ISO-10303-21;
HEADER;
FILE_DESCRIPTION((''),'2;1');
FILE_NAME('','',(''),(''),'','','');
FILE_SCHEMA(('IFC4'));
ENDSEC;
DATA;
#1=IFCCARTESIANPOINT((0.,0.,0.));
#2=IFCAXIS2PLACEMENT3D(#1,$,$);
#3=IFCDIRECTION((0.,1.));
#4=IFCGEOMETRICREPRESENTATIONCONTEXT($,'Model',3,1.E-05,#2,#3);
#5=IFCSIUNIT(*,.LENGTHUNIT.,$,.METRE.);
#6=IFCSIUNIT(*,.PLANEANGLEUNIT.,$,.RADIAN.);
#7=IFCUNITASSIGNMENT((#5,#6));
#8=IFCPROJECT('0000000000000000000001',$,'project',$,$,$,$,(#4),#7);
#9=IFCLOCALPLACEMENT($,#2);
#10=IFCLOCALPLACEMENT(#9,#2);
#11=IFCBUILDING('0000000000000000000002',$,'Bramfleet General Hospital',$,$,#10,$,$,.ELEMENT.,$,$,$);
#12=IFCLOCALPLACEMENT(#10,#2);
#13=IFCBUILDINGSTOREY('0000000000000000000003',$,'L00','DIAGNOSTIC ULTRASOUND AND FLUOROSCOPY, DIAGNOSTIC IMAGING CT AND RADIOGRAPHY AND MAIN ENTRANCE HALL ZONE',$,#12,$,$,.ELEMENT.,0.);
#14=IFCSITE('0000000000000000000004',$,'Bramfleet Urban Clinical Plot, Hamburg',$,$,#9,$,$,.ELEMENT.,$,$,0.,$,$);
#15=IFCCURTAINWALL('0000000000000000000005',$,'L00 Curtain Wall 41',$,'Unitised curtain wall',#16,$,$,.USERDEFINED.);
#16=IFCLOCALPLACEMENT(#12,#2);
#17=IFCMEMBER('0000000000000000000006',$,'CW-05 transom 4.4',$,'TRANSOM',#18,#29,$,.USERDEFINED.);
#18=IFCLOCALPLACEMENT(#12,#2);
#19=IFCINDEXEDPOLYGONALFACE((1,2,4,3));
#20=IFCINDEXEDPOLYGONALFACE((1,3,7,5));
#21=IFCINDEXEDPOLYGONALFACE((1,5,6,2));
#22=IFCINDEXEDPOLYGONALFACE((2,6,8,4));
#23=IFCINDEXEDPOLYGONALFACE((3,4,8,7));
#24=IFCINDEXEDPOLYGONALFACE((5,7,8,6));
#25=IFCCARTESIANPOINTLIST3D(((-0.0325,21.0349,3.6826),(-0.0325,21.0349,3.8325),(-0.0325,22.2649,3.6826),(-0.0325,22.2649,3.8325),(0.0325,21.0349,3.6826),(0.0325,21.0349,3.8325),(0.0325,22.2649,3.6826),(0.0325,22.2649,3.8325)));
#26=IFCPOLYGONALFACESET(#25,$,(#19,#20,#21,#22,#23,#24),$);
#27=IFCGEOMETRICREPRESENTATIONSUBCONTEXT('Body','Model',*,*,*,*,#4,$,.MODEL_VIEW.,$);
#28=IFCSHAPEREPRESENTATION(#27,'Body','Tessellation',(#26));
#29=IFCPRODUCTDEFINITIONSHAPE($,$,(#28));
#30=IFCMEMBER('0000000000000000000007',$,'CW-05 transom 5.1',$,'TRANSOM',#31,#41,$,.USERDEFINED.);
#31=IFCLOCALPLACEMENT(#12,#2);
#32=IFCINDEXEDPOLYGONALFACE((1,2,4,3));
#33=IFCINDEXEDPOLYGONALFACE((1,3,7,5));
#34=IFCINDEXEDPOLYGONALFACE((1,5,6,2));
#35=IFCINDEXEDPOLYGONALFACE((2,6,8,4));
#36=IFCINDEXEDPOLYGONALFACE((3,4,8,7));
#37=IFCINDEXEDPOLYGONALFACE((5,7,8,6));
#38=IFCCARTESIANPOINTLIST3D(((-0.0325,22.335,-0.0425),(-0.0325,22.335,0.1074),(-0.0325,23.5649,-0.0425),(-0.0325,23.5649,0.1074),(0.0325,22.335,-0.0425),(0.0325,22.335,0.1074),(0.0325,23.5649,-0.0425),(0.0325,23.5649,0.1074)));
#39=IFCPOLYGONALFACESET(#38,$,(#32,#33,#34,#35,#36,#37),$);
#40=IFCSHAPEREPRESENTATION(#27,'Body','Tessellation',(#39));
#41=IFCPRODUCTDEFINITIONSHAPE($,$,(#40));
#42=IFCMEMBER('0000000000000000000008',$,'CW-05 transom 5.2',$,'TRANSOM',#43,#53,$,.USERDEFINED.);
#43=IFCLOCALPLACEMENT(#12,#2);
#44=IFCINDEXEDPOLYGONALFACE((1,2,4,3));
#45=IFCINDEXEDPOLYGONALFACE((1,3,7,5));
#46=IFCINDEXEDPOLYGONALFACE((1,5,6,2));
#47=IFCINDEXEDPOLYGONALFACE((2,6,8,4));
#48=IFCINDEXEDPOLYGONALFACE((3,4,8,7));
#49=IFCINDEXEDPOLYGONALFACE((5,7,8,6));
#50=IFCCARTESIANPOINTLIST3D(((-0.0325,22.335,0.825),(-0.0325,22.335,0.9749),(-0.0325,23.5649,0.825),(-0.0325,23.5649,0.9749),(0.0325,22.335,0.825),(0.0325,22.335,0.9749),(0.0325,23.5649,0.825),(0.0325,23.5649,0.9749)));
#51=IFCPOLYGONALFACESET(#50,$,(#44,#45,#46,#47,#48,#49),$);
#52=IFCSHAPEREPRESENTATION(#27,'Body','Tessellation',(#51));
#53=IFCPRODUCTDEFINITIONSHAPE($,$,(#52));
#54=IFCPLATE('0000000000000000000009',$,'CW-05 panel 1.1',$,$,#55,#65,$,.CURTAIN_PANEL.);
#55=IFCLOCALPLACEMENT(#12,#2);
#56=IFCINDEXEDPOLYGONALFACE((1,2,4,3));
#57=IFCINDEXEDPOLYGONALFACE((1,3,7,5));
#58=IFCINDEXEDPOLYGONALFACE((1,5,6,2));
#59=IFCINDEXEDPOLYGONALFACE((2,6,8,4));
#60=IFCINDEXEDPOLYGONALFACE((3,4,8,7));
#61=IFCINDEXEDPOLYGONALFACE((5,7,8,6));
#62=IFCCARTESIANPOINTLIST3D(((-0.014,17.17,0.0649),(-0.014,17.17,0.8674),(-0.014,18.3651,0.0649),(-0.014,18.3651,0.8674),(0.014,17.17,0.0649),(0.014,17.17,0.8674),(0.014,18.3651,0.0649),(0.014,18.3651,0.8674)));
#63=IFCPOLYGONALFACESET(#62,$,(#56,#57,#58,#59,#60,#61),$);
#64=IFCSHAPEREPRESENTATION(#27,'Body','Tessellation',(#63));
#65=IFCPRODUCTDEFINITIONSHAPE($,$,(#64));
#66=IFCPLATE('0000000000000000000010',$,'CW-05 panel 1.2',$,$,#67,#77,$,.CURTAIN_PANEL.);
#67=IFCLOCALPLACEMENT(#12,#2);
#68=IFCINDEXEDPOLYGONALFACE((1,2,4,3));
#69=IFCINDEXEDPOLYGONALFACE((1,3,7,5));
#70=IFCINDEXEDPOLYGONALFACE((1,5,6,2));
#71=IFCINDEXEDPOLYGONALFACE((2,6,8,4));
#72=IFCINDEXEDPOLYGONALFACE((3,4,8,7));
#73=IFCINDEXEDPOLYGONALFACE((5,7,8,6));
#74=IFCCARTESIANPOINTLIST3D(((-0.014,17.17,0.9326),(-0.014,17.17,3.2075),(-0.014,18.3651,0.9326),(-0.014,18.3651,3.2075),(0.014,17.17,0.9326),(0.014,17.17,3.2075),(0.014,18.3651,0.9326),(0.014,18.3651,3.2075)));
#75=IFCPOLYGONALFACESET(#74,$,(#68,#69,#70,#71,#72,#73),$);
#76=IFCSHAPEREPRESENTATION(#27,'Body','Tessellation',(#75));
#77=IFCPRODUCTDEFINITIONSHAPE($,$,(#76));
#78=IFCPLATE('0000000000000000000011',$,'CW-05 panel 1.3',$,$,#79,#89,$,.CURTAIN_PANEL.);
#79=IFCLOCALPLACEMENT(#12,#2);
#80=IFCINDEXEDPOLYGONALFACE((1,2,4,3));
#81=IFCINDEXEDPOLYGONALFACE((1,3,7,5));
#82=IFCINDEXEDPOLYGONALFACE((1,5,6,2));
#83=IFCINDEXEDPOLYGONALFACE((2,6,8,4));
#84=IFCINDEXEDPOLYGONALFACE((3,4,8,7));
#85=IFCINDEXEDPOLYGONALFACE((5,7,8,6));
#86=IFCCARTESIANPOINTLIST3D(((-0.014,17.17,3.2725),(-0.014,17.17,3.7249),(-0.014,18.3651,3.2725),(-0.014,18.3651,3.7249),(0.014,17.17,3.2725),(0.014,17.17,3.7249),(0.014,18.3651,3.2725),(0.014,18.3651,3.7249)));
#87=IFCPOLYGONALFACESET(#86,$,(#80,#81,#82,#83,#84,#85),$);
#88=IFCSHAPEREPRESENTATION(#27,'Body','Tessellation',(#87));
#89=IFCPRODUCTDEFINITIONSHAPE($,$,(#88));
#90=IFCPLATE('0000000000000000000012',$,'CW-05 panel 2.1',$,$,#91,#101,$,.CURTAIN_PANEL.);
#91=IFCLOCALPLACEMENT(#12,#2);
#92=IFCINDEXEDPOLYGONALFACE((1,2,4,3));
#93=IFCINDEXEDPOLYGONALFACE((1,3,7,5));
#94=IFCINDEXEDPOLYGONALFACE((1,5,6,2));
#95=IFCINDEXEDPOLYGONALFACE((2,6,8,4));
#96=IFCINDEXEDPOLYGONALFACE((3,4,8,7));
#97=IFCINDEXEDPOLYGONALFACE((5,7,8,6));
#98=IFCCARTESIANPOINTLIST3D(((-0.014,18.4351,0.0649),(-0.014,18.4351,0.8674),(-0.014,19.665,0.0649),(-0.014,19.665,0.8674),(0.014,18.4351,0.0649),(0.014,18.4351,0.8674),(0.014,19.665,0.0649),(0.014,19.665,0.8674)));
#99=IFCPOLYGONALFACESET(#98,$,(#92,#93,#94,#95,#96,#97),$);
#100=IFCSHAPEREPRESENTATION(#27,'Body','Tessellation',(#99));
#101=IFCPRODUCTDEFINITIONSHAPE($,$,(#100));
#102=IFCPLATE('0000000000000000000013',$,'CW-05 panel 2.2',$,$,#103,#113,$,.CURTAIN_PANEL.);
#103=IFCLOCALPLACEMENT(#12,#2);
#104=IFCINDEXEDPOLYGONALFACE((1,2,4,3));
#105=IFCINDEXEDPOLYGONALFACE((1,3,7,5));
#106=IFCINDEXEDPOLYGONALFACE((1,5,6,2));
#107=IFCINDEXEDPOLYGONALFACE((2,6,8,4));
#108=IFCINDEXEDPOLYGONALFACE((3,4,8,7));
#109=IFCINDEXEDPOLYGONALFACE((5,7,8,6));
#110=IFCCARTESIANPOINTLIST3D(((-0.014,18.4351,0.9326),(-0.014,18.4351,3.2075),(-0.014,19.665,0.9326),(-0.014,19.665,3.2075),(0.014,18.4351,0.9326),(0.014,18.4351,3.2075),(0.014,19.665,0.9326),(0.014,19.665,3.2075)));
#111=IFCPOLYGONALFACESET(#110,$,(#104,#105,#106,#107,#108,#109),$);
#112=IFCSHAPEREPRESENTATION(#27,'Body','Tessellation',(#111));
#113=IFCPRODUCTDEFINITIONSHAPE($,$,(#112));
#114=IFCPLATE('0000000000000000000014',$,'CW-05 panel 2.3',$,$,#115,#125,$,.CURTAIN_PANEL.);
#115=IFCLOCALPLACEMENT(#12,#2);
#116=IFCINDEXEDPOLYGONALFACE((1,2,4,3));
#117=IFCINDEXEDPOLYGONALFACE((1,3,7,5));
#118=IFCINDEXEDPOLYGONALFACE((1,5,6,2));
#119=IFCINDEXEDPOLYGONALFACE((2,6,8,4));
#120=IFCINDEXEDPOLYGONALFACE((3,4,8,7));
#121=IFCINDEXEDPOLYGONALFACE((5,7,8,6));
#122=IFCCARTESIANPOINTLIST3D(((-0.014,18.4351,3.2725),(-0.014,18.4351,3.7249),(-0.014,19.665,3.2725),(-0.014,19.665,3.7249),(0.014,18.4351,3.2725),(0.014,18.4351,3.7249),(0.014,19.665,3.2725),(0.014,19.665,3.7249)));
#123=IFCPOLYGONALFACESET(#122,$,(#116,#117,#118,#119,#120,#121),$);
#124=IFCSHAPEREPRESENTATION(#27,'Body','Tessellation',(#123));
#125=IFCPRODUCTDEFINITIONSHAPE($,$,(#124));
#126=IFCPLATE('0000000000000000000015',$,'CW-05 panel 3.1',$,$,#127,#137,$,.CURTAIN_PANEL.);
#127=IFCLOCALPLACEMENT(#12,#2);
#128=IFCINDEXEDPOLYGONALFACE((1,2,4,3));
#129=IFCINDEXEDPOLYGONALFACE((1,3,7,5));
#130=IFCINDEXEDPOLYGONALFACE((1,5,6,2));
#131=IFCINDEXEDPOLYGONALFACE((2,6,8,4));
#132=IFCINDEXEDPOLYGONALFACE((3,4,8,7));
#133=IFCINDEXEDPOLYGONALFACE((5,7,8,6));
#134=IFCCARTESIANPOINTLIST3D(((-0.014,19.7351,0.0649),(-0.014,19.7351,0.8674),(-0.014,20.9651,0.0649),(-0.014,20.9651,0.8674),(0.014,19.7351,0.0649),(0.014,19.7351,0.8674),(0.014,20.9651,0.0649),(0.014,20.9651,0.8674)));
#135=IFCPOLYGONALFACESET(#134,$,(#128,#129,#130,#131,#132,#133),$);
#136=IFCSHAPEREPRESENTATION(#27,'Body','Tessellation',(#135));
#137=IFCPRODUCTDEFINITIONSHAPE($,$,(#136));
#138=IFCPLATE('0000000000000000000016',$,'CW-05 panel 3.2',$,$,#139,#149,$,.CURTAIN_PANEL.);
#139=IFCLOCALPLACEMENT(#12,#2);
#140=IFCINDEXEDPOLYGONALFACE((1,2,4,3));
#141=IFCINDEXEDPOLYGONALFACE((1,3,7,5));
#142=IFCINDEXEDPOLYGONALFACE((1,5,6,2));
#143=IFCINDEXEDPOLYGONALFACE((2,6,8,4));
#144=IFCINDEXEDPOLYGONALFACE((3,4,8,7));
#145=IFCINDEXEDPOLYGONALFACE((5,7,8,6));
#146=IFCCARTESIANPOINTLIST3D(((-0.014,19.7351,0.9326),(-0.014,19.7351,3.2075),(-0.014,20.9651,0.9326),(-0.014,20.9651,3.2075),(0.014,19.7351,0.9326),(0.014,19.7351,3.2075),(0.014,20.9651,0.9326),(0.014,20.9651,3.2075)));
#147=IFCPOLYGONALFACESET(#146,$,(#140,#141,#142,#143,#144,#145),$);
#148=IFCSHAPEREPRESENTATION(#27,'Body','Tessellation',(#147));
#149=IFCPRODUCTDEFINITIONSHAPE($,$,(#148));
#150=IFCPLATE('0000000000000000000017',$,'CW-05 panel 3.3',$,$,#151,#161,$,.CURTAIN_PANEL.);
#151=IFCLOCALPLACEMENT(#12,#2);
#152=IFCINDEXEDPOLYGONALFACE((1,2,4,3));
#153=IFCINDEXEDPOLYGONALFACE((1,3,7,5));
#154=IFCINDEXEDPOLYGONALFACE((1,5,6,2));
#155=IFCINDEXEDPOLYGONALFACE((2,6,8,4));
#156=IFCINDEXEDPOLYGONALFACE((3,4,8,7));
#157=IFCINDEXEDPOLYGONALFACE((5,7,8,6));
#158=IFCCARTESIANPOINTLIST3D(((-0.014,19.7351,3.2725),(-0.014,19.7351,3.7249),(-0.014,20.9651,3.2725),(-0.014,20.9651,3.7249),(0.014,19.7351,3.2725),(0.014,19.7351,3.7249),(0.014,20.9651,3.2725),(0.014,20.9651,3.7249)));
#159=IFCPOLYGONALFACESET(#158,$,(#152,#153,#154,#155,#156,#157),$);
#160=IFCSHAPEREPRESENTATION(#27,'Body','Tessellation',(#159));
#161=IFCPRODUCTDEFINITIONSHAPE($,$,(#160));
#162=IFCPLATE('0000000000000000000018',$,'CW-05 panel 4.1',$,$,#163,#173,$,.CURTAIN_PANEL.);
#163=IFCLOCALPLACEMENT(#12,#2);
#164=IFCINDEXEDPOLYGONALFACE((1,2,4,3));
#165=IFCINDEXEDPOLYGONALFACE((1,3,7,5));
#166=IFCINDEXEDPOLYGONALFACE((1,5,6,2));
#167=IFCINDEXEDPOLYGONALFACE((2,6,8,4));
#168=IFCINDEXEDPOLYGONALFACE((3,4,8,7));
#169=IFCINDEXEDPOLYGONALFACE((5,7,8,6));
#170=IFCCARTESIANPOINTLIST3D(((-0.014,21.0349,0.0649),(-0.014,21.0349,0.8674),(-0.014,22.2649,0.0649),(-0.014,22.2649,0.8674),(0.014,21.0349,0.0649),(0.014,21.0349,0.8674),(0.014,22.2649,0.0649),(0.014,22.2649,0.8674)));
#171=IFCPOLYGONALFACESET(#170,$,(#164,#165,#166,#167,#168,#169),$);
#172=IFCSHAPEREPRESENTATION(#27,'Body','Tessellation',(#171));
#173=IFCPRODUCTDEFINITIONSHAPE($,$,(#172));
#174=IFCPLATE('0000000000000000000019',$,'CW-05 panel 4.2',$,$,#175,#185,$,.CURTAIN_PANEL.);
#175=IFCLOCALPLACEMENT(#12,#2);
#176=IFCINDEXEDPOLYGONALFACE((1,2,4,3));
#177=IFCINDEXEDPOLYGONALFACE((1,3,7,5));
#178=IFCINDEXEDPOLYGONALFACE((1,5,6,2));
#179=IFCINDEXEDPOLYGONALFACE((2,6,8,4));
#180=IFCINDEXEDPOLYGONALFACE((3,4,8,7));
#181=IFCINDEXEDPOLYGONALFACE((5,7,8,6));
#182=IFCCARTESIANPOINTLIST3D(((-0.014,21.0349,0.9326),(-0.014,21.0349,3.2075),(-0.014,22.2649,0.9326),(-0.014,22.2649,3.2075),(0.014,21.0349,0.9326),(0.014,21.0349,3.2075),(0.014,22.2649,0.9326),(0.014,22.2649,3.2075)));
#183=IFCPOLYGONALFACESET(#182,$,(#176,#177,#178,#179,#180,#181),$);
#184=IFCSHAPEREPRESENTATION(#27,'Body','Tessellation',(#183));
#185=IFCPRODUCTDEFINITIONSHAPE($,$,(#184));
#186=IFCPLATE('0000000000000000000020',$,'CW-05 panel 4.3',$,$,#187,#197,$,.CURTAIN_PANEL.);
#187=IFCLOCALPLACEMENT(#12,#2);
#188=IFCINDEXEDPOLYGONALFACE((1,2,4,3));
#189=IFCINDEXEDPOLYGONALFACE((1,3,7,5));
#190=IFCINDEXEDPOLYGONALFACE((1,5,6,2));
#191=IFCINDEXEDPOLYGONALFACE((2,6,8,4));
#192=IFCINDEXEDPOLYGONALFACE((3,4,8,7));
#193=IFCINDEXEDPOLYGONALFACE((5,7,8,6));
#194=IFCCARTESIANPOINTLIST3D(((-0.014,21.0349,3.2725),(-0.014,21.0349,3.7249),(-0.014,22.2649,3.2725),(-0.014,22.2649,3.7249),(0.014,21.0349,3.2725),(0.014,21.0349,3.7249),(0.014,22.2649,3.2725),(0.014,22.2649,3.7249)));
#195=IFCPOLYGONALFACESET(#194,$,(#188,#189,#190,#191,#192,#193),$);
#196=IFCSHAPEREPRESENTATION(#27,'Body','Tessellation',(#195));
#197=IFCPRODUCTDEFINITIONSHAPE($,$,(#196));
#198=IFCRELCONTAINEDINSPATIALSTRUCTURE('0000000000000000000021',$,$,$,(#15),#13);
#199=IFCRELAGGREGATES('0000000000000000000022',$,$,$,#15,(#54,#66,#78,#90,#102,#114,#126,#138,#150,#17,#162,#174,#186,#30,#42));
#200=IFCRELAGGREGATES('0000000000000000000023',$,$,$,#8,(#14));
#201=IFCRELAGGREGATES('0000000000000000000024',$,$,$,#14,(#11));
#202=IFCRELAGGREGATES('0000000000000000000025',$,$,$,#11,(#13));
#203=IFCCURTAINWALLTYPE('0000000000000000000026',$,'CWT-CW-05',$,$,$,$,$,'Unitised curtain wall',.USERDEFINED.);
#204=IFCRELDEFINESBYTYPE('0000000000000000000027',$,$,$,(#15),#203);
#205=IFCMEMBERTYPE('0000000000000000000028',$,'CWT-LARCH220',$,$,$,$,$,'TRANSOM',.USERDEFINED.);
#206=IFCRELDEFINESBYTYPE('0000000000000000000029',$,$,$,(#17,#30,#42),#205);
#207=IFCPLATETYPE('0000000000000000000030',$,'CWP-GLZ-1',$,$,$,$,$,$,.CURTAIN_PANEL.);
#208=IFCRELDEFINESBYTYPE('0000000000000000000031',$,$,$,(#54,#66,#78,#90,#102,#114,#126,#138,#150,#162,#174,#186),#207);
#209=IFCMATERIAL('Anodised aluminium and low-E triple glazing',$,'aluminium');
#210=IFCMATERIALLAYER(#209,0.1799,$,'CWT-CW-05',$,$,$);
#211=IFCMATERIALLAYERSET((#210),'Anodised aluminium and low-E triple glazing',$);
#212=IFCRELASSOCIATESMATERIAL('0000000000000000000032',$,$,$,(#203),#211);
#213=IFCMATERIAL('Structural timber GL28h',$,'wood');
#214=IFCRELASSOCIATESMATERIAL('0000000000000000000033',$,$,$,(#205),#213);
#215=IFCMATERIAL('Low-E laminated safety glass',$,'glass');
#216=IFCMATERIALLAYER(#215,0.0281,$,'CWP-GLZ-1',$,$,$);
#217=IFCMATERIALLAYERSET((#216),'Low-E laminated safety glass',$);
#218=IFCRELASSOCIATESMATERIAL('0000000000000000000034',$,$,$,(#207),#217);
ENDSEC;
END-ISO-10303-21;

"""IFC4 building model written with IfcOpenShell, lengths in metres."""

from ifc_helpers import new_model, si_unit, direction, frame, origin, origin_2d, place, context, subcontext, project, spatial, rectangle, extrude, material, layer, layer_set, material_profile, profile_set, type_object, element, aggregate, save


model = new_model("IFC4")

# Units and contexts
model_context = context("Model", 3, precision=1e-05, world=origin(), true_north=direction((0.0, 1.0)))
body_context = subcontext(model_context, "Body", "Model", "MODEL_VIEW")
ifc_project = project(units=[si_unit("LENGTHUNIT", "METRE"), si_unit("PLANEANGLEUNIT", "RADIAN")], contexts=[model_context])

# Site, building, storey
site_placement = place(None, origin())
site = spatial("IfcSite", under=ifc_project, at=site_placement, Name="Bramfleet Urban Clinical Plot, Hamburg", CompositionType="ELEMENT", RefElevation=0.0)
building_placement = place(site_placement, origin())
building = spatial("IfcBuilding", under=site, at=building_placement, Name="Bramfleet General Hospital", CompositionType="ELEMENT")
storey_placement = place(building_placement, origin())
storey = spatial("IfcBuildingStorey", under=building, at=storey_placement, Name="L00", Description="DIAGNOSTIC ULTRASOUND AND FLUOROSCOPY, DIAGNOSTIC IMAGING CT AND RADIOGRAPHY AND MAIN ENTRANCE HALL ZONE", CompositionType="ELEMENT", Elevation=0.0)

# Curtain wall, members, plates
ifc_material_1 = material(Name="Anodised aluminium and low-E triple glazing", Category="aluminium")
ifc_layer_1 = layer(ifc_material_1, 0.1799, Name="CWT-CW-05")
ifc_layer_set_1 = layer_set([ifc_layer_1], Name="Anodised aluminium and low-E triple glazing")
curtain_wall_type = type_object("IfcCurtainWallType", Name="CWT-CW-05", ElementType="Unitised curtain wall", PredefinedType="USERDEFINED", material=ifc_layer_set_1)
curtain_wall_placement = place(storey_placement, origin())
curtain_wall = element("IfcCurtainWall", 1, at=curtain_wall_placement, inside=storey, type_object=curtain_wall_type, Name="L00 Curtain Wall 41", ObjectType="Unitised curtain wall", PredefinedType="USERDEFINED")
ifc_material_2 = material(Name="Structural timber GL28h", Category="wood")
ifc_material_profile_1 = material_profile(ifc_material_2, rectangle(XDim=0.0649, YDim=0.1499, at=origin_2d()), Name="LARCH 150x65")
ifc_profile_set_1 = profile_set([ifc_material_profile_1], Name="Structural timber GL28h")
member_type_1 = type_object("IfcMemberType", Name="CWT-LARCH220", ElementType="TRANSOM", PredefinedType="USERDEFINED", material=ifc_profile_set_1)
member_1_placement = place(storey_placement, frame((0.0, 21.0349, 3.7576), z_axis=(0.0, 1.0, 0.0), x_axis=(-1.0, 0.0, 0.0)))
member_1 = element("IfcMember", 2, at=member_1_placement, type_object=member_type_1, Name="CW-05 transom 4.4", ObjectType="TRANSOM", PredefinedType="USERDEFINED", context=body_context, shape_type="SweptSolid", body=[
    extrude(rectangle(XDim=0.0649, YDim=0.1499, at=origin_2d()), origin(), (0.0, 0.0, 1.0), 1.23),
])
member_2_placement = place(storey_placement, frame((0.0, 22.335, 0.0325), z_axis=(0.0, 1.0, 0.0), x_axis=(-1.0, 0.0, 0.0)))
member_2 = element("IfcMember", 3, at=member_2_placement, type_object=member_type_1, Name="CW-05 transom 5.1", ObjectType="TRANSOM", PredefinedType="USERDEFINED", context=body_context, shape_type="SweptSolid", body=[
    extrude(rectangle(XDim=0.0649, YDim=0.1499, at=origin_2d()), origin(), (0.0, 0.0, 1.0), 1.23),
])
member_3_placement = place(storey_placement, frame((0.0, 22.335, 0.8999), z_axis=(0.0, 1.0, 0.0), x_axis=(-1.0, 0.0, 0.0)))
member_3 = element("IfcMember", 4, at=member_3_placement, type_object=member_type_1, Name="CW-05 transom 5.2", ObjectType="TRANSOM", PredefinedType="USERDEFINED", context=body_context, shape_type="SweptSolid", body=[
    extrude(rectangle(XDim=0.0649, YDim=0.1499, at=origin_2d()), origin(), (0.0, 0.0, 1.0), 1.23),
])
ifc_material_3 = material(Name="Low-E laminated safety glass", Category="glass")
ifc_layer_2 = layer(ifc_material_3, 0.0281, Name="CWP-GLZ-1")
ifc_layer_set_2 = layer_set([ifc_layer_2], Name="Low-E laminated safety glass")
plate_type = type_object("IfcPlateType", Name="CWP-GLZ-1", PredefinedType="CURTAIN_PANEL", material=ifc_layer_set_2)
plate_1_placement = place(storey_placement, frame((0.0, 17.7676, 0.0649), z_axis=(0.0, 0.0, 1.0), x_axis=(0.0, 1.0, 0.0)))
plate_1 = element("IfcPlate", 5, at=plate_1_placement, type_object=plate_type, Name="CW-05 panel 1.1", PredefinedType="CURTAIN_PANEL", context=body_context, shape_type="SweptSolid", body=[
    extrude(rectangle(XDim=1.1951, YDim=0.0281, at=origin_2d()), origin(), (0.0, 0.0, 1.0), 0.8025),
])
plate_2_placement = place(storey_placement, frame((0.0, 17.7676, 0.9326), z_axis=(0.0, 0.0, 1.0), x_axis=(0.0, 1.0, 0.0)))
plate_2 = element("IfcPlate", 6, at=plate_2_placement, type_object=plate_type, Name="CW-05 panel 1.2", PredefinedType="CURTAIN_PANEL", context=body_context, shape_type="SweptSolid", body=[
    extrude(rectangle(XDim=1.1951, YDim=0.0281, at=origin_2d()), origin(), (0.0, 0.0, 1.0), 2.2749),
])
plate_3_placement = place(storey_placement, frame((0.0, 17.7676, 3.2725), z_axis=(0.0, 0.0, 1.0), x_axis=(0.0, 1.0, 0.0)))
plate_3 = element("IfcPlate", 7, at=plate_3_placement, type_object=plate_type, Name="CW-05 panel 1.3", PredefinedType="CURTAIN_PANEL", context=body_context, shape_type="SweptSolid", body=[
    extrude(rectangle(XDim=1.1951, YDim=0.0281, at=origin_2d()), origin(), (0.0, 0.0, 1.0), 0.4524),
])
plate_4_placement = place(storey_placement, frame((0.0, 19.05, 0.0649), z_axis=(0.0, 0.0, 1.0), x_axis=(0.0, 1.0, 0.0)))
plate_4 = element("IfcPlate", 8, at=plate_4_placement, type_object=plate_type, Name="CW-05 panel 2.1", PredefinedType="CURTAIN_PANEL", context=body_context, shape_type="SweptSolid", body=[
    extrude(rectangle(XDim=1.23, YDim=0.0281, at=origin_2d()), origin(), (0.0, 0.0, 1.0), 0.8025),
])
plate_5_placement = place(storey_placement, frame((0.0, 19.05, 0.9326), z_axis=(0.0, 0.0, 1.0), x_axis=(0.0, 1.0, 0.0)))
plate_5 = element("IfcPlate", 9, at=plate_5_placement, type_object=plate_type, Name="CW-05 panel 2.2", PredefinedType="CURTAIN_PANEL", context=body_context, shape_type="SweptSolid", body=[
    extrude(rectangle(XDim=1.23, YDim=0.0281, at=origin_2d()), origin(), (0.0, 0.0, 1.0), 2.2749),
])
plate_6_placement = place(storey_placement, frame((0.0, 19.05, 3.2725), z_axis=(0.0, 0.0, 1.0), x_axis=(0.0, 1.0, 0.0)))
plate_6 = element("IfcPlate", 10, at=plate_6_placement, type_object=plate_type, Name="CW-05 panel 2.3", PredefinedType="CURTAIN_PANEL", context=body_context, shape_type="SweptSolid", body=[
    extrude(rectangle(XDim=1.23, YDim=0.0281, at=origin_2d()), origin(), (0.0, 0.0, 1.0), 0.4524),
])
plate_7_placement = place(storey_placement, frame((0.0, 20.3501, 0.0649), z_axis=(0.0, 0.0, 1.0), x_axis=(0.0, 1.0, 0.0)))
plate_7 = element("IfcPlate", 11, at=plate_7_placement, type_object=plate_type, Name="CW-05 panel 3.1", PredefinedType="CURTAIN_PANEL", context=body_context, shape_type="SweptSolid", body=[
    extrude(rectangle(XDim=1.23, YDim=0.0281, at=origin_2d()), origin(), (0.0, 0.0, 1.0), 0.8025),
])
plate_8_placement = place(storey_placement, frame((0.0, 20.3501, 0.9326), z_axis=(0.0, 0.0, 1.0), x_axis=(0.0, 1.0, 0.0)))
plate_8 = element("IfcPlate", 12, at=plate_8_placement, type_object=plate_type, Name="CW-05 panel 3.2", PredefinedType="CURTAIN_PANEL", context=body_context, shape_type="SweptSolid", body=[
    extrude(rectangle(XDim=1.23, YDim=0.0281, at=origin_2d()), origin(), (0.0, 0.0, 1.0), 2.2749),
])
plate_9_placement = place(storey_placement, frame((0.0, 20.3501, 3.2725), z_axis=(0.0, 0.0, 1.0), x_axis=(0.0, 1.0, 0.0)))
plate_9 = element("IfcPlate", 13, at=plate_9_placement, type_object=plate_type, Name="CW-05 panel 3.3", PredefinedType="CURTAIN_PANEL", context=body_context, shape_type="SweptSolid", body=[
    extrude(rectangle(XDim=1.23, YDim=0.0281, at=origin_2d()), origin(), (0.0, 0.0, 1.0), 0.4524),
])
plate_10_placement = place(storey_placement, frame((0.0, 21.6499, 0.0649), z_axis=(0.0, 0.0, 1.0), x_axis=(0.0, 1.0, 0.0)))
plate_10 = element("IfcPlate", 14, at=plate_10_placement, type_object=plate_type, Name="CW-05 panel 4.1", PredefinedType="CURTAIN_PANEL", context=body_context, shape_type="SweptSolid", body=[
    extrude(rectangle(XDim=1.23, YDim=0.0281, at=origin_2d()), origin(), (0.0, 0.0, 1.0), 0.8025),
])
plate_11_placement = place(storey_placement, frame((0.0, 21.6499, 0.9326), z_axis=(0.0, 0.0, 1.0), x_axis=(0.0, 1.0, 0.0)))
plate_11 = element("IfcPlate", 15, at=plate_11_placement, type_object=plate_type, Name="CW-05 panel 4.2", PredefinedType="CURTAIN_PANEL", context=body_context, shape_type="SweptSolid", body=[
    extrude(rectangle(XDim=1.23, YDim=0.0281, at=origin_2d()), origin(), (0.0, 0.0, 1.0), 2.2749),
])
plate_12_placement = place(storey_placement, frame((0.0, 21.6499, 3.2725), z_axis=(0.0, 0.0, 1.0), x_axis=(0.0, 1.0, 0.0)))
plate_12 = element("IfcPlate", 16, at=plate_12_placement, type_object=plate_type, Name="CW-05 panel 4.3", PredefinedType="CURTAIN_PANEL", context=body_context, shape_type="SweptSolid", body=[
    extrude(rectangle(XDim=1.23, YDim=0.0281, at=origin_2d()), origin(), (0.0, 0.0, 1.0), 0.4524),
])
aggregate(curtain_wall, [plate_1, plate_2, plate_3, plate_4, plate_5, plate_6, plate_7, plate_8, plate_9, member_1, plate_10, plate_11, plate_12, member_2, member_3])

save(model, "model.ifc")
